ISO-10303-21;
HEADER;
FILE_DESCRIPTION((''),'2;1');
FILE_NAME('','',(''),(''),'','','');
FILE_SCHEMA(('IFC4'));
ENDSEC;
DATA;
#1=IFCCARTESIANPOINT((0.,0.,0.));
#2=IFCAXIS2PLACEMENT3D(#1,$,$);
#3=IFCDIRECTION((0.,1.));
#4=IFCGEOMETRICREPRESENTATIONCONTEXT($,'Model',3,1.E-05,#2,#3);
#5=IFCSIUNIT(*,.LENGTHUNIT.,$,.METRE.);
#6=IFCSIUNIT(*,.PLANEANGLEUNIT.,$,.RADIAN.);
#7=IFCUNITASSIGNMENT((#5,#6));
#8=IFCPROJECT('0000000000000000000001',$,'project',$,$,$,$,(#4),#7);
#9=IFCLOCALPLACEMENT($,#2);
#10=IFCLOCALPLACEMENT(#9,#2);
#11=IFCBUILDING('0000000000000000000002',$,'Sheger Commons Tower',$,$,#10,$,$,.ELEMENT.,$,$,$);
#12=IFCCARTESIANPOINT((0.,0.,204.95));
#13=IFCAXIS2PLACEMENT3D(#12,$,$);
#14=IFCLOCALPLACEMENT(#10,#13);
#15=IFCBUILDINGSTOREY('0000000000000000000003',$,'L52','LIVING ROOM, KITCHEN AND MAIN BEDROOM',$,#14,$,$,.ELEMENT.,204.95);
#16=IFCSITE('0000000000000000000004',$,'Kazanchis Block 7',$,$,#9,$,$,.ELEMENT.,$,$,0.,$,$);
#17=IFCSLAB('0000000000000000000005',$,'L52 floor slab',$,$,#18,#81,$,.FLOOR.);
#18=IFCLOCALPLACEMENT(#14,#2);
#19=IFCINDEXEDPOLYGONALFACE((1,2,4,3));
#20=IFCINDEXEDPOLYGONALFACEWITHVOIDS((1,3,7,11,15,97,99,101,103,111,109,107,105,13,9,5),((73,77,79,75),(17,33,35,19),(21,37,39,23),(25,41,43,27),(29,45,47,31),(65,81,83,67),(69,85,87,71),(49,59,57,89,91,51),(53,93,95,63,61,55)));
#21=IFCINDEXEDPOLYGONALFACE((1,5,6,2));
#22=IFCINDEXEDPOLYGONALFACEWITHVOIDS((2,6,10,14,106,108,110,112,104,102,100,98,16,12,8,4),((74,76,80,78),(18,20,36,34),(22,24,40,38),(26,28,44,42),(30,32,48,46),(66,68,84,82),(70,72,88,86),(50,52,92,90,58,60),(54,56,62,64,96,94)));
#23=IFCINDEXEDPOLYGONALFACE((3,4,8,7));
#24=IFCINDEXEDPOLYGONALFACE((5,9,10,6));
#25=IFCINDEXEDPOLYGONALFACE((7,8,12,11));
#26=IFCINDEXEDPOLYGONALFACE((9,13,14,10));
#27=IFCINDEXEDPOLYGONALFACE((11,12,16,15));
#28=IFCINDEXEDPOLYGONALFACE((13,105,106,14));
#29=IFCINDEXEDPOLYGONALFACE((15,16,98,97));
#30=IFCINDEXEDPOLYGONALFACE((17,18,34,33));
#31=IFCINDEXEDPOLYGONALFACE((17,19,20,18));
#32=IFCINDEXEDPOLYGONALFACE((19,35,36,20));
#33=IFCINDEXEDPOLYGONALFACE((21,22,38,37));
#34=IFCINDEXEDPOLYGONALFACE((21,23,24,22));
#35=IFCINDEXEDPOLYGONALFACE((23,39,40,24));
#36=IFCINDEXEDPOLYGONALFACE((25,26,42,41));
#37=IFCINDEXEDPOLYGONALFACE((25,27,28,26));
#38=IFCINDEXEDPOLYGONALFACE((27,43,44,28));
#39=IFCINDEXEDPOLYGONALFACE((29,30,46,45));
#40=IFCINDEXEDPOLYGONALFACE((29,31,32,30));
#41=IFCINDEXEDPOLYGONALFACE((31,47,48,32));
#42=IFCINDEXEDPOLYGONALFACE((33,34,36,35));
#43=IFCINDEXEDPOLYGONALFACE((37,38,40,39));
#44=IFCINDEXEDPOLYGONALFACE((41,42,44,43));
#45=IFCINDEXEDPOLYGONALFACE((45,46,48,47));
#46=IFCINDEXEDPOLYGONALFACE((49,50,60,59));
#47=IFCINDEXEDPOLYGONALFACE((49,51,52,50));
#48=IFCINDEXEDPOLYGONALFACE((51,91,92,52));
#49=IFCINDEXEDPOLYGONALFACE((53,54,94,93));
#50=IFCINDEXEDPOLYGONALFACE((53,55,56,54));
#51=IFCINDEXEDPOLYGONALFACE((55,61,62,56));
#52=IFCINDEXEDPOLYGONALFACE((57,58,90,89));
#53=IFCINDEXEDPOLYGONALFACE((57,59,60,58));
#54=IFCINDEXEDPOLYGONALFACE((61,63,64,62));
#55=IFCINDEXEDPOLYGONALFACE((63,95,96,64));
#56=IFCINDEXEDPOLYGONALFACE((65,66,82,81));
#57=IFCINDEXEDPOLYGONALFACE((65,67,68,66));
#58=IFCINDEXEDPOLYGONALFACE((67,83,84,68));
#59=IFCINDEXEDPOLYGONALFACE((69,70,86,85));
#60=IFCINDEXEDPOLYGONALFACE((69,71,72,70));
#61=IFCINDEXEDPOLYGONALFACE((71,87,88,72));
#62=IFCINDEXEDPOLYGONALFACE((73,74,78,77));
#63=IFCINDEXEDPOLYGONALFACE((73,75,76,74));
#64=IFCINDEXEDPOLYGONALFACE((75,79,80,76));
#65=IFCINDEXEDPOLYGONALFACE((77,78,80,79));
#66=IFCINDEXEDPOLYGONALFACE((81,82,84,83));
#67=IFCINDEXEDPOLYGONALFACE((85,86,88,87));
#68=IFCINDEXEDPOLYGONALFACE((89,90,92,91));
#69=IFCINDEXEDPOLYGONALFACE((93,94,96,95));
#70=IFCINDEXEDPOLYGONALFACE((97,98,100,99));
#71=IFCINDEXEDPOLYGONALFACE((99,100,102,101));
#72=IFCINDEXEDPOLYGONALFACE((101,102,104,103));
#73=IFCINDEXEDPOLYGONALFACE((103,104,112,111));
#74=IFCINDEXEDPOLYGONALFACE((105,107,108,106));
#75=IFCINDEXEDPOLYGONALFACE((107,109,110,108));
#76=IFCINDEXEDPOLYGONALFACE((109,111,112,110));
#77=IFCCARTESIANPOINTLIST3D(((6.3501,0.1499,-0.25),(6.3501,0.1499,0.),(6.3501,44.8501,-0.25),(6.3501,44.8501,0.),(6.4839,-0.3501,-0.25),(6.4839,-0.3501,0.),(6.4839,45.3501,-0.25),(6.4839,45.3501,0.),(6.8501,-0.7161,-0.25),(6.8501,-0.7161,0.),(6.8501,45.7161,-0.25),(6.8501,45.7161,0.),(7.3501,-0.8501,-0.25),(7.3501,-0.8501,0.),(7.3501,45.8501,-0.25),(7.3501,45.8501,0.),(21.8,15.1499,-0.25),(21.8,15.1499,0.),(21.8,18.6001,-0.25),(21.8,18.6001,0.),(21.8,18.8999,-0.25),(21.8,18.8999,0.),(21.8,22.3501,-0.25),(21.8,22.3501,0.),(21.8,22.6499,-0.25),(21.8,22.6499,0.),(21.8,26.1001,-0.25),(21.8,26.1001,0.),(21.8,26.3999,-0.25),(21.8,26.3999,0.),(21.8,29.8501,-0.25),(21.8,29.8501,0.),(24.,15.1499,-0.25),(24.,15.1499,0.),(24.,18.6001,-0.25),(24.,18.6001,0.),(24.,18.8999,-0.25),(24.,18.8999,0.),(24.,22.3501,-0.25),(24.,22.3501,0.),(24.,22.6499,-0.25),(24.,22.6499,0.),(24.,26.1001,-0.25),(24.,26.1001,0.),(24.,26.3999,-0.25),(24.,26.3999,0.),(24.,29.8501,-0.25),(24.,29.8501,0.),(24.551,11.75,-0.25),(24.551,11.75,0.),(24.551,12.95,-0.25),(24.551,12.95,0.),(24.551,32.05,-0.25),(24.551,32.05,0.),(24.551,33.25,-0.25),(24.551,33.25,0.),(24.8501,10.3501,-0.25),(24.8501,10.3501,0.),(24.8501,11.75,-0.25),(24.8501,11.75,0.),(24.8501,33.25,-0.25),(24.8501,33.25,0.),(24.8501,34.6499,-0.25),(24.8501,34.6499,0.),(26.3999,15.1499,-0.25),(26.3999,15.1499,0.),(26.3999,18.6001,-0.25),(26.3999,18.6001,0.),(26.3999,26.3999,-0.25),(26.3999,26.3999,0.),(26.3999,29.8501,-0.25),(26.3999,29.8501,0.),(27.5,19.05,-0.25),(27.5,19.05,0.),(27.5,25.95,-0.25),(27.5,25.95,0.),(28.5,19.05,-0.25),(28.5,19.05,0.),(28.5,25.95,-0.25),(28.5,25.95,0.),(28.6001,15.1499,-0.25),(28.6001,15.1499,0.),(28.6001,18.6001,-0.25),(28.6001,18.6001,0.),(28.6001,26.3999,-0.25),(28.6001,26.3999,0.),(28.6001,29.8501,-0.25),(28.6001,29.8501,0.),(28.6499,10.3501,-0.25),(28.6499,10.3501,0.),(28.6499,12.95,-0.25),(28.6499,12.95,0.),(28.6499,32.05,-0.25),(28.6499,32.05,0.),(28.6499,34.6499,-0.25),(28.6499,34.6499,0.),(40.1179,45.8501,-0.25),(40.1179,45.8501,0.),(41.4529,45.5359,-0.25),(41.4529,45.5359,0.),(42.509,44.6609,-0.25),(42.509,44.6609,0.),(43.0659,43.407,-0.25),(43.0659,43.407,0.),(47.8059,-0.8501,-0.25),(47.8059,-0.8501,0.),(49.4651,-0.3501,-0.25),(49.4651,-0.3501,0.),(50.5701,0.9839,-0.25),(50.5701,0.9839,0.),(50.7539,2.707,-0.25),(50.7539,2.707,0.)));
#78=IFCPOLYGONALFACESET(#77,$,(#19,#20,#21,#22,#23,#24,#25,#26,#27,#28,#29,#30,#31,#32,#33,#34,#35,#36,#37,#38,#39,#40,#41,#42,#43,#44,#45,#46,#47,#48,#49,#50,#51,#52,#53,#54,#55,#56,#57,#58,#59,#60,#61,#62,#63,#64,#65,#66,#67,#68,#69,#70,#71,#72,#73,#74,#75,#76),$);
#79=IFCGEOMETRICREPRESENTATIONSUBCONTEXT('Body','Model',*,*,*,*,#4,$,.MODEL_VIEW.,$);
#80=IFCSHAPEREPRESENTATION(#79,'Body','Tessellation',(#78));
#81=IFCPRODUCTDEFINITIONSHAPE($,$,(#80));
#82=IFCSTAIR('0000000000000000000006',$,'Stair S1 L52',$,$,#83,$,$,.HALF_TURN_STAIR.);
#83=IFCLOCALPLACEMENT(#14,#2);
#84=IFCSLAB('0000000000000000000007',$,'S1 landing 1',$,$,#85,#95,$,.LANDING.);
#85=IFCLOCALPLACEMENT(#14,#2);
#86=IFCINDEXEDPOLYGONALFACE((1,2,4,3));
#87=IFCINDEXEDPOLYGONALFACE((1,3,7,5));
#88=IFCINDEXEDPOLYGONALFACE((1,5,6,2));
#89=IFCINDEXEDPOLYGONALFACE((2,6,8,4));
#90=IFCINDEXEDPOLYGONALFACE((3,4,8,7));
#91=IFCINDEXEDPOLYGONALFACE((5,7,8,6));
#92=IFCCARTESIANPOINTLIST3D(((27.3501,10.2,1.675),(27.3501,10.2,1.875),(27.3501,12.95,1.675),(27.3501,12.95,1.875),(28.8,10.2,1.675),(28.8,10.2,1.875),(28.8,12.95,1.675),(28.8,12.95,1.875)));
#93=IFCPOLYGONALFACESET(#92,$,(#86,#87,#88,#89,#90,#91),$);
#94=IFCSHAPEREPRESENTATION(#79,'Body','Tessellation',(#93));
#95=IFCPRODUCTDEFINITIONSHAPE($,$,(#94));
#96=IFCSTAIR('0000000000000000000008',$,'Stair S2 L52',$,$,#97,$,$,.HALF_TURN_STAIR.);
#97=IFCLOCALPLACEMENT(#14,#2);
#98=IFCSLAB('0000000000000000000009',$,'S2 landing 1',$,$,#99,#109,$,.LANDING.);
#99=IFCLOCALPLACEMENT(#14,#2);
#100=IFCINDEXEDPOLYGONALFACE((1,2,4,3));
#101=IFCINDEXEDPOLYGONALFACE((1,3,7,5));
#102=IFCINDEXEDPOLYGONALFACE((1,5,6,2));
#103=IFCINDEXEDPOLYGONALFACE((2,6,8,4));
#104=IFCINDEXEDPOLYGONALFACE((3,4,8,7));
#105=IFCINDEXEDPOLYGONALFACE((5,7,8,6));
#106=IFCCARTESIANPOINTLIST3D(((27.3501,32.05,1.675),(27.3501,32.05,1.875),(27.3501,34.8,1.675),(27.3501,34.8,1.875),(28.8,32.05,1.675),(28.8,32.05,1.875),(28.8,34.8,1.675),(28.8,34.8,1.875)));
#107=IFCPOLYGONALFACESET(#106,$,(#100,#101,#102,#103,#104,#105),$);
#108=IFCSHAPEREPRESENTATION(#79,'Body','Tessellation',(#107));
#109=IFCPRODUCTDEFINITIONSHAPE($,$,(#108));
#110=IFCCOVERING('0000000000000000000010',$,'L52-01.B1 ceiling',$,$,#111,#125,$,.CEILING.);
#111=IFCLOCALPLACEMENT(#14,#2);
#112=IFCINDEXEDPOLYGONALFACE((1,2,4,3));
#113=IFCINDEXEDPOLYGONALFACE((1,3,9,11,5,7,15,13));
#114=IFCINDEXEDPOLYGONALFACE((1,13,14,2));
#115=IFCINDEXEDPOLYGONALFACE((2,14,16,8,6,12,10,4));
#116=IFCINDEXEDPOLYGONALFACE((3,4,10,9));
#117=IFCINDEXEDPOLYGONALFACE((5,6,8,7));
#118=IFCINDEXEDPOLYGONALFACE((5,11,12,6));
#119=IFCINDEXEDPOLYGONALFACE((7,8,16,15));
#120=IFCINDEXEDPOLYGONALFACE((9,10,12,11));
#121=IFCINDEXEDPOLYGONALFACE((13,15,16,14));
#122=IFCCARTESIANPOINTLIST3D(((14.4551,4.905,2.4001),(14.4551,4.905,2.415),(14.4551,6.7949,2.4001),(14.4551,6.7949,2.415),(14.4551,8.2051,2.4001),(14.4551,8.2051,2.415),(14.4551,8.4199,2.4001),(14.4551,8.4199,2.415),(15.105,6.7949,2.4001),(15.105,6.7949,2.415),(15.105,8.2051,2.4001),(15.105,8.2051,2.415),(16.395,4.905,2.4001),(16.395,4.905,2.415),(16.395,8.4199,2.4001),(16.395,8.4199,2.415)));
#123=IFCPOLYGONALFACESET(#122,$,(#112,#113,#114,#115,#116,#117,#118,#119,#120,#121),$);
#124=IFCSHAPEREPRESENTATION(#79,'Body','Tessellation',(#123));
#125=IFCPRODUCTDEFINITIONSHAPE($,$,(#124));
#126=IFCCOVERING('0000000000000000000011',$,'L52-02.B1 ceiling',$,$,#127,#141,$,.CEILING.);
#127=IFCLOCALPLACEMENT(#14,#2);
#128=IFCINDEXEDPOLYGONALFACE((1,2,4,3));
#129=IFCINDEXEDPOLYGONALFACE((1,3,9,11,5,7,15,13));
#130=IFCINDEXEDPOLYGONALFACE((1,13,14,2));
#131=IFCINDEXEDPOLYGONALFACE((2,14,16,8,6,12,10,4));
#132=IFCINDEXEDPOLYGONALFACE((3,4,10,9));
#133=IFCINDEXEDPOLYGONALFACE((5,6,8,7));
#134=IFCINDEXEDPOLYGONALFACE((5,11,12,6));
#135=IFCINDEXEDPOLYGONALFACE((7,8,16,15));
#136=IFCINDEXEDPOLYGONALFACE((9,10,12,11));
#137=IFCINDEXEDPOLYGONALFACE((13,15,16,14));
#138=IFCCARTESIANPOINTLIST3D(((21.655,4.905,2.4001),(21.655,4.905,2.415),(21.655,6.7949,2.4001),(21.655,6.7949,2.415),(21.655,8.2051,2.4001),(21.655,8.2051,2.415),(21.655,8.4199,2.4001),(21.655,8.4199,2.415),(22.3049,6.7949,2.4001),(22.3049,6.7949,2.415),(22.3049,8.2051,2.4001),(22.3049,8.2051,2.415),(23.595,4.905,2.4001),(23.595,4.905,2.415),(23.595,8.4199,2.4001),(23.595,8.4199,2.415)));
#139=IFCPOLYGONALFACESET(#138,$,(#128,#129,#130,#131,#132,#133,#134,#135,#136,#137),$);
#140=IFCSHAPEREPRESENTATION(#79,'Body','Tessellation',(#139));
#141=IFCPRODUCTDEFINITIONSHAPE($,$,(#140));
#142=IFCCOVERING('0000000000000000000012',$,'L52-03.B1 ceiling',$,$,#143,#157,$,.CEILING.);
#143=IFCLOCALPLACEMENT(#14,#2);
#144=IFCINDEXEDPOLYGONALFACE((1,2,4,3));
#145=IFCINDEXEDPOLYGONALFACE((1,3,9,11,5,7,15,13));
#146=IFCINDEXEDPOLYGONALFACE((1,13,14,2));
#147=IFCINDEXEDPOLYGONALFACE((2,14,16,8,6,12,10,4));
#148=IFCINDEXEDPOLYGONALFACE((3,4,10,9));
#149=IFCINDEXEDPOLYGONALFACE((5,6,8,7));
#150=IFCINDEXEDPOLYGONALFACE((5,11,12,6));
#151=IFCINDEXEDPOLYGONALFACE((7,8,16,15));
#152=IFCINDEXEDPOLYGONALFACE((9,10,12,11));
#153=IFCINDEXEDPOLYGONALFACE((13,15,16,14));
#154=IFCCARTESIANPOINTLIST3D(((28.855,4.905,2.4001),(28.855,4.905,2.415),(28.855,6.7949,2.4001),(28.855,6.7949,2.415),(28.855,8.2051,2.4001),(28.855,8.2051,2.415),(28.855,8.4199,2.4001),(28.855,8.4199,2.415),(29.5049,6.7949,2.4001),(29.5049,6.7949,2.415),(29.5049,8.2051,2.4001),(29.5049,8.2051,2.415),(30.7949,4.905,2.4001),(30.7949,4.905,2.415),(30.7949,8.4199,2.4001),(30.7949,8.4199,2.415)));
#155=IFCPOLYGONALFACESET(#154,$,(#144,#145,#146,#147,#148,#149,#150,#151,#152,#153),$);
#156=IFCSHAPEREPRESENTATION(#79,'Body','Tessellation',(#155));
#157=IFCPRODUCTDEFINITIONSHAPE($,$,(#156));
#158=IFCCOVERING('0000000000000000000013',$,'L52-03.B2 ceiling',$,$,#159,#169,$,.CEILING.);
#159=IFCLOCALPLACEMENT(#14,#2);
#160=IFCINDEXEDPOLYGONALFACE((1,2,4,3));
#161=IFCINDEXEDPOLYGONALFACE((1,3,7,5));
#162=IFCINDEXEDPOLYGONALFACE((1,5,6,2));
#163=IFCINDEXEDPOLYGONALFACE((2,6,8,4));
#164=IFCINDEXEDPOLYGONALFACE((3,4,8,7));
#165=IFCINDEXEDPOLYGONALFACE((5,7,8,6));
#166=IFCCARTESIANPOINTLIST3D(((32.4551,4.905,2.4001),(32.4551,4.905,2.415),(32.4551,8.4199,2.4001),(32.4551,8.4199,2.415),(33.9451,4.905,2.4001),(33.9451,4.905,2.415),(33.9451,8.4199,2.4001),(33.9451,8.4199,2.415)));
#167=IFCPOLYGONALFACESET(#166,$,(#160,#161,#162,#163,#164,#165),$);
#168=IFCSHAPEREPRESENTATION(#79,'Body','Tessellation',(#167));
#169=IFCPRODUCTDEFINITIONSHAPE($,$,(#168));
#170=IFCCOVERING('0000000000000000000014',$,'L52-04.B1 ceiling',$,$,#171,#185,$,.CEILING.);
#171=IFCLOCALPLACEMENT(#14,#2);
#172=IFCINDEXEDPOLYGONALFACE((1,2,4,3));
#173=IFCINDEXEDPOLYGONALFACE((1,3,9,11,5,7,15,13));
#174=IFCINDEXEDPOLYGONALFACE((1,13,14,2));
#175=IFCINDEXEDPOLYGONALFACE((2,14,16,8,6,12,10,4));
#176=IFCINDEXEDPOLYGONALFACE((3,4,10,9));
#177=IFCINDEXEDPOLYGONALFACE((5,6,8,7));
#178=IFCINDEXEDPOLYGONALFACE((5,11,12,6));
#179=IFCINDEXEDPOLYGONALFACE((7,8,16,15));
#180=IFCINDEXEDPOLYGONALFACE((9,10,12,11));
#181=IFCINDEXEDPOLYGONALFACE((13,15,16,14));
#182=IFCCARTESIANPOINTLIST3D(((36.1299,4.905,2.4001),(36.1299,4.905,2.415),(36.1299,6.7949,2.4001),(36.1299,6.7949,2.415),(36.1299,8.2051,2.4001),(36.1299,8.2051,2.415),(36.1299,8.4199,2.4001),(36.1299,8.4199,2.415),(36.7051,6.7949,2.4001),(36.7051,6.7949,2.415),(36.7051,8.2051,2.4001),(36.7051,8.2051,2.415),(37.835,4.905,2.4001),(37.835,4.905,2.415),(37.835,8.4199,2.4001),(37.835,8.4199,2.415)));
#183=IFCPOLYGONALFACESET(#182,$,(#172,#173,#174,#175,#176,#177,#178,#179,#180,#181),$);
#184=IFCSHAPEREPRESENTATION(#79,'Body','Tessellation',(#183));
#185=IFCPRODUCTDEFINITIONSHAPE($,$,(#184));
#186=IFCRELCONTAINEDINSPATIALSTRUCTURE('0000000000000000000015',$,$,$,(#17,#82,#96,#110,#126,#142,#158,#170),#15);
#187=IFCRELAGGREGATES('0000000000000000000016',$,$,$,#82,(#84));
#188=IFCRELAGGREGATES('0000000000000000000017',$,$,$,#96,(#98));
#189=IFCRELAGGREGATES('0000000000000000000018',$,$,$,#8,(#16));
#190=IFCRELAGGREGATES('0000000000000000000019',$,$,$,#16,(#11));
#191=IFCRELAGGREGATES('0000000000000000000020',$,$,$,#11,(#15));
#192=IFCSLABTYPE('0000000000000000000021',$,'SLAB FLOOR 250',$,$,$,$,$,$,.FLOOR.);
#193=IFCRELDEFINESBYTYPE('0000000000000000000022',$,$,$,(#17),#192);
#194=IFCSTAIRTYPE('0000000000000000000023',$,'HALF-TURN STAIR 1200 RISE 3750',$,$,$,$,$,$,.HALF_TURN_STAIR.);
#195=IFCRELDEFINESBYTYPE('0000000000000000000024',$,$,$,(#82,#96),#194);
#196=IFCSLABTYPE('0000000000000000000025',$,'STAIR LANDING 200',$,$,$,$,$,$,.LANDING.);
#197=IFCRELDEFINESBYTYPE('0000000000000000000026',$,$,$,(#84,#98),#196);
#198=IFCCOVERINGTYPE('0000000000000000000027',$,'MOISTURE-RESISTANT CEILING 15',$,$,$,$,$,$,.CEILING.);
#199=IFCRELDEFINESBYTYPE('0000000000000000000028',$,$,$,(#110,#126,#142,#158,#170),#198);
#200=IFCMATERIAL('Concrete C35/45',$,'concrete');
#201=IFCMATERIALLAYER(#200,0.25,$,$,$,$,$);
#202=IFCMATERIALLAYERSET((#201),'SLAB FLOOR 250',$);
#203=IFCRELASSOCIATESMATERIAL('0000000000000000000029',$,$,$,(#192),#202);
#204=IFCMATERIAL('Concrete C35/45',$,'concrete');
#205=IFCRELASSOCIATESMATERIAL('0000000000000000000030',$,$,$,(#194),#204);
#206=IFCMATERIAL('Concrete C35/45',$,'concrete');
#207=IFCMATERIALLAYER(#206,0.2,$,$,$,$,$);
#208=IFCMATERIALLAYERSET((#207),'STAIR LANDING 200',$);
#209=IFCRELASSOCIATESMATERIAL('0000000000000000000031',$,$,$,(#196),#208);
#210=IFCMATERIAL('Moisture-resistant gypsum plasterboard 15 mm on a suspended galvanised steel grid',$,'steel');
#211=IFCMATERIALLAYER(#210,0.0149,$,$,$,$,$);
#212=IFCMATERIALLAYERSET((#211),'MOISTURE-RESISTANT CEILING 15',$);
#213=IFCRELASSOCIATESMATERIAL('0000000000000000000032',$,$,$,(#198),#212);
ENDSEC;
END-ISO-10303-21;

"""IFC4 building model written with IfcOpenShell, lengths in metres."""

from ifc_helpers import new_model, si_unit, direction, frame, origin, place, context, subcontext, project, spatial, polyline, outline, extrude, material, layer, layer_set, type_object, element, aggregate, save


model = new_model("IFC4")

# Units and contexts
model_context = context("Model", 3, precision=1e-05, world=origin(), true_north=direction((0.0, 1.0)))
body_context = subcontext(model_context, "Body", "Model", "MODEL_VIEW")
ifc_project = project(units=[si_unit("LENGTHUNIT", "METRE"), si_unit("PLANEANGLEUNIT", "RADIAN")], contexts=[model_context])

# Site, building, storey
site_placement = place(None, origin())
site = spatial("IfcSite", under=ifc_project, at=site_placement, Name="Kazanchis Block 7", CompositionType="ELEMENT", RefElevation=0.0)
building_placement = place(site_placement, origin())
building = spatial("IfcBuilding", under=site, at=building_placement, Name="Sheger Commons Tower", CompositionType="ELEMENT")
storey_placement = place(building_placement, frame((0.0, 0.0, 204.95)))
storey = spatial("IfcBuildingStorey", under=building, at=storey_placement, Name="L52", Description="LIVING ROOM, KITCHEN AND MAIN BEDROOM", CompositionType="ELEMENT", Elevation=204.95)

# Slab
ifc_material_1 = material(Name="Concrete C35/45", Category="concrete")
ifc_layer_1 = layer(ifc_material_1, 0.25)
ifc_layer_set_1 = layer_set([ifc_layer_1], Name="SLAB FLOOR 250")
slab_type_1 = type_object("IfcSlabType", Name="SLAB FLOOR 250", PredefinedType="FLOOR", material=ifc_layer_set_1)
slab_1_placement = place(storey_placement, frame((0.0, 0.0, -0.25)))
element("IfcSlab", 1, at=slab_1_placement, inside=storey, type_object=slab_type_1, Name="L52 floor slab", PredefinedType="FLOOR", context=body_context, shape_type="SweptSolid", body=[
    extrude(outline(polyline([(6.3501, 0.1499), (6.4839, -0.3501), (6.8501, -0.7161), (7.3501, -0.8501), (47.8059, -0.8501), (49.4651, -0.3501), (50.5701, 0.9839), (50.7539, 2.707), (43.0659, 43.407), (42.509, 44.6609), (41.4529, 45.5359), (40.1179, 45.8501), (7.3501, 45.8501), (6.8501, 45.7161), (6.4839, 45.3501), (6.3501, 44.8501), (6.3501, 0.1499)]), holes=[polyline([(24.8501, 10.3501), (28.6499, 10.3501), (28.6499, 12.95), (24.551, 12.95), (24.551, 11.75), (24.8501, 11.75), (24.8501, 10.3501)]), polyline([(24.551, 32.05), (28.6499, 32.05), (28.6499, 34.6499), (24.8501, 34.6499), (24.8501, 33.25), (24.551, 33.25), (24.551, 32.05)]), polyline([(26.3999, 15.1499), (28.6001, 15.1499), (28.6001, 18.6001), (26.3999, 18.6001), (26.3999, 15.1499)]), polyline([(26.3999, 26.3999), (28.6001, 26.3999), (28.6001, 29.8501), (26.3999, 29.8501), (26.3999, 26.3999)]), polyline([(21.8, 15.1499), (24.0, 15.1499), (24.0, 18.6001), (21.8, 18.6001), (21.8, 15.1499)]), polyline([(21.8, 18.8999), (24.0, 18.8999), (24.0, 22.3501), (21.8, 22.3501), (21.8, 18.8999)]), polyline([(21.8, 22.6499), (24.0, 22.6499), (24.0, 26.1001), (21.8, 26.1001), (21.8, 22.6499)]), polyline([(21.8, 26.3999), (24.0, 26.3999), (24.0, 29.8501), (21.8, 29.8501), (21.8, 26.3999)]), polyline([(27.5, 19.05), (28.5, 19.05), (28.5, 25.95), (27.5, 25.95), (27.5, 19.05)])]), origin(), (0.0, 0.0, 1.0), 0.25),
])

# Stairs, slabs
ifc_material_2 = material(Name="Concrete C35/45", Category="concrete")
stair_type = type_object("IfcStairType", Name="HALF-TURN STAIR 1200 RISE 3750", PredefinedType="HALF_TURN_STAIR", material=ifc_material_2)
stair_1_placement = place(storey_placement, origin())
stair_1 = element("IfcStair", 2, at=stair_1_placement, inside=storey, type_object=stair_type, Name="Stair S1 L52", PredefinedType="HALF_TURN_STAIR")
ifc_material_3 = material(Name="Concrete C35/45", Category="concrete")
ifc_layer_2 = layer(ifc_material_3, 0.2)
ifc_layer_set_2 = layer_set([ifc_layer_2], Name="STAIR LANDING 200")
slab_type_2 = type_object("IfcSlabType", Name="STAIR LANDING 200", PredefinedType="LANDING", material=ifc_layer_set_2)
slab_2_placement = place(storey_placement, frame((0.0, 0.0, 1.675)))
slab_2 = element("IfcSlab", 3, at=slab_2_placement, type_object=slab_type_2, Name="S1 landing 1", PredefinedType="LANDING", context=body_context, shape_type="SweptSolid", body=[
    extrude(outline(polyline([(27.3501, 10.2), (28.8, 10.2), (28.8, 12.95), (27.3501, 12.95), (27.3501, 10.2)])), origin(), (0.0, 0.0, 1.0), 0.2),
])
aggregate(stair_1, [slab_2])
stair_2_placement = place(storey_placement, origin())
stair_2 = element("IfcStair", 4, at=stair_2_placement, inside=storey, type_object=stair_type, Name="Stair S2 L52", PredefinedType="HALF_TURN_STAIR")
slab_3_placement = place(storey_placement, frame((0.0, 0.0, 1.675)))
slab_3 = element("IfcSlab", 5, at=slab_3_placement, type_object=slab_type_2, Name="S2 landing 1", PredefinedType="LANDING", context=body_context, shape_type="SweptSolid", body=[
    extrude(outline(polyline([(27.3501, 32.05), (28.8, 32.05), (28.8, 34.8), (27.3501, 34.8), (27.3501, 32.05)])), origin(), (0.0, 0.0, 1.0), 0.2),
])
aggregate(stair_2, [slab_3])

# Coverings
ifc_material_4 = material(Name="Moisture-resistant gypsum plasterboard 15 mm on a suspended galvanised steel grid", Category="steel")
ifc_layer_3 = layer(ifc_material_4, 0.0149)
ifc_layer_set_3 = layer_set([ifc_layer_3], Name="MOISTURE-RESISTANT CEILING 15")
covering_type_1 = type_object("IfcCoveringType", Name="MOISTURE-RESISTANT CEILING 15", PredefinedType="CEILING", material=ifc_layer_set_3)
covering_1_placement = place(storey_placement, frame((0.0, 0.0, 2.4001)))
element("IfcCovering", 6, at=covering_1_placement, inside=storey, type_object=covering_type_1, Name="L52-01.B1 ceiling", PredefinedType="CEILING", context=body_context, shape_type="SweptSolid", body=[
    extrude(outline(polyline([(14.4551, 4.905), (16.395, 4.905), (16.395, 8.4199), (14.4551, 8.4199), (14.4551, 8.2051), (15.105, 8.2051), (15.105, 6.7949), (14.4551, 6.7949), (14.4551, 4.905)])), origin(), (0.0, 0.0, 1.0), 0.0149),
])
covering_2_placement = place(storey_placement, frame((0.0, 0.0, 2.4001)))
element("IfcCovering", 7, at=covering_2_placement, inside=storey, type_object=covering_type_1, Name="L52-02.B1 ceiling", PredefinedType="CEILING", context=body_context, shape_type="SweptSolid", body=[
    extrude(outline(polyline([(21.655, 4.905), (23.595, 4.905), (23.595, 8.4199), (21.655, 8.4199), (21.655, 8.2051), (22.3049, 8.2051), (22.3049, 6.7949), (21.655, 6.7949), (21.655, 4.905)])), origin(), (0.0, 0.0, 1.0), 0.0149),
])
covering_3_placement = place(storey_placement, frame((0.0, 0.0, 2.4001)))
element("IfcCovering", 8, at=covering_3_placement, inside=storey, type_object=covering_type_1, Name="L52-03.B1 ceiling", PredefinedType="CEILING", context=body_context, shape_type="SweptSolid", body=[
    extrude(outline(polyline([(28.855, 4.905), (30.7949, 4.905), (30.7949, 8.4199), (28.855, 8.4199), (28.855, 8.2051), (29.5049, 8.2051), (29.5049, 6.7949), (28.855, 6.7949), (28.855, 4.905)])), origin(), (0.0, 0.0, 1.0), 0.0149),
])
covering_4_placement = place(storey_placement, frame((0.0, 0.0, 2.4001)))
element("IfcCovering", 9, at=covering_4_placement, inside=storey, type_object=covering_type_1, Name="L52-03.B2 ceiling", PredefinedType="CEILING", context=body_context, shape_type="SweptSolid", body=[
    extrude(outline(polyline([(32.4551, 4.905), (33.9451, 4.905), (33.9451, 8.4199), (32.4551, 8.4199), (32.4551, 4.905)])), origin(), (0.0, 0.0, 1.0), 0.0149),
])
covering_5_placement = place(storey_placement, frame((0.0, 0.0, 2.4001)))
element("IfcCovering", 10, at=covering_5_placement, inside=storey, type_object=covering_type_1, Name="L52-04.B1 ceiling", PredefinedType="CEILING", context=body_context, shape_type="SweptSolid", body=[
    extrude(outline(polyline([(36.1299, 4.905), (37.835, 4.905), (37.835, 8.4199), (36.1299, 8.4199), (36.1299, 8.2051), (36.7051, 8.2051), (36.7051, 6.7949), (36.1299, 6.7949), (36.1299, 4.905)])), origin(), (0.0, 0.0, 1.0), 0.0149),
])

save(model, "model.ifc")
